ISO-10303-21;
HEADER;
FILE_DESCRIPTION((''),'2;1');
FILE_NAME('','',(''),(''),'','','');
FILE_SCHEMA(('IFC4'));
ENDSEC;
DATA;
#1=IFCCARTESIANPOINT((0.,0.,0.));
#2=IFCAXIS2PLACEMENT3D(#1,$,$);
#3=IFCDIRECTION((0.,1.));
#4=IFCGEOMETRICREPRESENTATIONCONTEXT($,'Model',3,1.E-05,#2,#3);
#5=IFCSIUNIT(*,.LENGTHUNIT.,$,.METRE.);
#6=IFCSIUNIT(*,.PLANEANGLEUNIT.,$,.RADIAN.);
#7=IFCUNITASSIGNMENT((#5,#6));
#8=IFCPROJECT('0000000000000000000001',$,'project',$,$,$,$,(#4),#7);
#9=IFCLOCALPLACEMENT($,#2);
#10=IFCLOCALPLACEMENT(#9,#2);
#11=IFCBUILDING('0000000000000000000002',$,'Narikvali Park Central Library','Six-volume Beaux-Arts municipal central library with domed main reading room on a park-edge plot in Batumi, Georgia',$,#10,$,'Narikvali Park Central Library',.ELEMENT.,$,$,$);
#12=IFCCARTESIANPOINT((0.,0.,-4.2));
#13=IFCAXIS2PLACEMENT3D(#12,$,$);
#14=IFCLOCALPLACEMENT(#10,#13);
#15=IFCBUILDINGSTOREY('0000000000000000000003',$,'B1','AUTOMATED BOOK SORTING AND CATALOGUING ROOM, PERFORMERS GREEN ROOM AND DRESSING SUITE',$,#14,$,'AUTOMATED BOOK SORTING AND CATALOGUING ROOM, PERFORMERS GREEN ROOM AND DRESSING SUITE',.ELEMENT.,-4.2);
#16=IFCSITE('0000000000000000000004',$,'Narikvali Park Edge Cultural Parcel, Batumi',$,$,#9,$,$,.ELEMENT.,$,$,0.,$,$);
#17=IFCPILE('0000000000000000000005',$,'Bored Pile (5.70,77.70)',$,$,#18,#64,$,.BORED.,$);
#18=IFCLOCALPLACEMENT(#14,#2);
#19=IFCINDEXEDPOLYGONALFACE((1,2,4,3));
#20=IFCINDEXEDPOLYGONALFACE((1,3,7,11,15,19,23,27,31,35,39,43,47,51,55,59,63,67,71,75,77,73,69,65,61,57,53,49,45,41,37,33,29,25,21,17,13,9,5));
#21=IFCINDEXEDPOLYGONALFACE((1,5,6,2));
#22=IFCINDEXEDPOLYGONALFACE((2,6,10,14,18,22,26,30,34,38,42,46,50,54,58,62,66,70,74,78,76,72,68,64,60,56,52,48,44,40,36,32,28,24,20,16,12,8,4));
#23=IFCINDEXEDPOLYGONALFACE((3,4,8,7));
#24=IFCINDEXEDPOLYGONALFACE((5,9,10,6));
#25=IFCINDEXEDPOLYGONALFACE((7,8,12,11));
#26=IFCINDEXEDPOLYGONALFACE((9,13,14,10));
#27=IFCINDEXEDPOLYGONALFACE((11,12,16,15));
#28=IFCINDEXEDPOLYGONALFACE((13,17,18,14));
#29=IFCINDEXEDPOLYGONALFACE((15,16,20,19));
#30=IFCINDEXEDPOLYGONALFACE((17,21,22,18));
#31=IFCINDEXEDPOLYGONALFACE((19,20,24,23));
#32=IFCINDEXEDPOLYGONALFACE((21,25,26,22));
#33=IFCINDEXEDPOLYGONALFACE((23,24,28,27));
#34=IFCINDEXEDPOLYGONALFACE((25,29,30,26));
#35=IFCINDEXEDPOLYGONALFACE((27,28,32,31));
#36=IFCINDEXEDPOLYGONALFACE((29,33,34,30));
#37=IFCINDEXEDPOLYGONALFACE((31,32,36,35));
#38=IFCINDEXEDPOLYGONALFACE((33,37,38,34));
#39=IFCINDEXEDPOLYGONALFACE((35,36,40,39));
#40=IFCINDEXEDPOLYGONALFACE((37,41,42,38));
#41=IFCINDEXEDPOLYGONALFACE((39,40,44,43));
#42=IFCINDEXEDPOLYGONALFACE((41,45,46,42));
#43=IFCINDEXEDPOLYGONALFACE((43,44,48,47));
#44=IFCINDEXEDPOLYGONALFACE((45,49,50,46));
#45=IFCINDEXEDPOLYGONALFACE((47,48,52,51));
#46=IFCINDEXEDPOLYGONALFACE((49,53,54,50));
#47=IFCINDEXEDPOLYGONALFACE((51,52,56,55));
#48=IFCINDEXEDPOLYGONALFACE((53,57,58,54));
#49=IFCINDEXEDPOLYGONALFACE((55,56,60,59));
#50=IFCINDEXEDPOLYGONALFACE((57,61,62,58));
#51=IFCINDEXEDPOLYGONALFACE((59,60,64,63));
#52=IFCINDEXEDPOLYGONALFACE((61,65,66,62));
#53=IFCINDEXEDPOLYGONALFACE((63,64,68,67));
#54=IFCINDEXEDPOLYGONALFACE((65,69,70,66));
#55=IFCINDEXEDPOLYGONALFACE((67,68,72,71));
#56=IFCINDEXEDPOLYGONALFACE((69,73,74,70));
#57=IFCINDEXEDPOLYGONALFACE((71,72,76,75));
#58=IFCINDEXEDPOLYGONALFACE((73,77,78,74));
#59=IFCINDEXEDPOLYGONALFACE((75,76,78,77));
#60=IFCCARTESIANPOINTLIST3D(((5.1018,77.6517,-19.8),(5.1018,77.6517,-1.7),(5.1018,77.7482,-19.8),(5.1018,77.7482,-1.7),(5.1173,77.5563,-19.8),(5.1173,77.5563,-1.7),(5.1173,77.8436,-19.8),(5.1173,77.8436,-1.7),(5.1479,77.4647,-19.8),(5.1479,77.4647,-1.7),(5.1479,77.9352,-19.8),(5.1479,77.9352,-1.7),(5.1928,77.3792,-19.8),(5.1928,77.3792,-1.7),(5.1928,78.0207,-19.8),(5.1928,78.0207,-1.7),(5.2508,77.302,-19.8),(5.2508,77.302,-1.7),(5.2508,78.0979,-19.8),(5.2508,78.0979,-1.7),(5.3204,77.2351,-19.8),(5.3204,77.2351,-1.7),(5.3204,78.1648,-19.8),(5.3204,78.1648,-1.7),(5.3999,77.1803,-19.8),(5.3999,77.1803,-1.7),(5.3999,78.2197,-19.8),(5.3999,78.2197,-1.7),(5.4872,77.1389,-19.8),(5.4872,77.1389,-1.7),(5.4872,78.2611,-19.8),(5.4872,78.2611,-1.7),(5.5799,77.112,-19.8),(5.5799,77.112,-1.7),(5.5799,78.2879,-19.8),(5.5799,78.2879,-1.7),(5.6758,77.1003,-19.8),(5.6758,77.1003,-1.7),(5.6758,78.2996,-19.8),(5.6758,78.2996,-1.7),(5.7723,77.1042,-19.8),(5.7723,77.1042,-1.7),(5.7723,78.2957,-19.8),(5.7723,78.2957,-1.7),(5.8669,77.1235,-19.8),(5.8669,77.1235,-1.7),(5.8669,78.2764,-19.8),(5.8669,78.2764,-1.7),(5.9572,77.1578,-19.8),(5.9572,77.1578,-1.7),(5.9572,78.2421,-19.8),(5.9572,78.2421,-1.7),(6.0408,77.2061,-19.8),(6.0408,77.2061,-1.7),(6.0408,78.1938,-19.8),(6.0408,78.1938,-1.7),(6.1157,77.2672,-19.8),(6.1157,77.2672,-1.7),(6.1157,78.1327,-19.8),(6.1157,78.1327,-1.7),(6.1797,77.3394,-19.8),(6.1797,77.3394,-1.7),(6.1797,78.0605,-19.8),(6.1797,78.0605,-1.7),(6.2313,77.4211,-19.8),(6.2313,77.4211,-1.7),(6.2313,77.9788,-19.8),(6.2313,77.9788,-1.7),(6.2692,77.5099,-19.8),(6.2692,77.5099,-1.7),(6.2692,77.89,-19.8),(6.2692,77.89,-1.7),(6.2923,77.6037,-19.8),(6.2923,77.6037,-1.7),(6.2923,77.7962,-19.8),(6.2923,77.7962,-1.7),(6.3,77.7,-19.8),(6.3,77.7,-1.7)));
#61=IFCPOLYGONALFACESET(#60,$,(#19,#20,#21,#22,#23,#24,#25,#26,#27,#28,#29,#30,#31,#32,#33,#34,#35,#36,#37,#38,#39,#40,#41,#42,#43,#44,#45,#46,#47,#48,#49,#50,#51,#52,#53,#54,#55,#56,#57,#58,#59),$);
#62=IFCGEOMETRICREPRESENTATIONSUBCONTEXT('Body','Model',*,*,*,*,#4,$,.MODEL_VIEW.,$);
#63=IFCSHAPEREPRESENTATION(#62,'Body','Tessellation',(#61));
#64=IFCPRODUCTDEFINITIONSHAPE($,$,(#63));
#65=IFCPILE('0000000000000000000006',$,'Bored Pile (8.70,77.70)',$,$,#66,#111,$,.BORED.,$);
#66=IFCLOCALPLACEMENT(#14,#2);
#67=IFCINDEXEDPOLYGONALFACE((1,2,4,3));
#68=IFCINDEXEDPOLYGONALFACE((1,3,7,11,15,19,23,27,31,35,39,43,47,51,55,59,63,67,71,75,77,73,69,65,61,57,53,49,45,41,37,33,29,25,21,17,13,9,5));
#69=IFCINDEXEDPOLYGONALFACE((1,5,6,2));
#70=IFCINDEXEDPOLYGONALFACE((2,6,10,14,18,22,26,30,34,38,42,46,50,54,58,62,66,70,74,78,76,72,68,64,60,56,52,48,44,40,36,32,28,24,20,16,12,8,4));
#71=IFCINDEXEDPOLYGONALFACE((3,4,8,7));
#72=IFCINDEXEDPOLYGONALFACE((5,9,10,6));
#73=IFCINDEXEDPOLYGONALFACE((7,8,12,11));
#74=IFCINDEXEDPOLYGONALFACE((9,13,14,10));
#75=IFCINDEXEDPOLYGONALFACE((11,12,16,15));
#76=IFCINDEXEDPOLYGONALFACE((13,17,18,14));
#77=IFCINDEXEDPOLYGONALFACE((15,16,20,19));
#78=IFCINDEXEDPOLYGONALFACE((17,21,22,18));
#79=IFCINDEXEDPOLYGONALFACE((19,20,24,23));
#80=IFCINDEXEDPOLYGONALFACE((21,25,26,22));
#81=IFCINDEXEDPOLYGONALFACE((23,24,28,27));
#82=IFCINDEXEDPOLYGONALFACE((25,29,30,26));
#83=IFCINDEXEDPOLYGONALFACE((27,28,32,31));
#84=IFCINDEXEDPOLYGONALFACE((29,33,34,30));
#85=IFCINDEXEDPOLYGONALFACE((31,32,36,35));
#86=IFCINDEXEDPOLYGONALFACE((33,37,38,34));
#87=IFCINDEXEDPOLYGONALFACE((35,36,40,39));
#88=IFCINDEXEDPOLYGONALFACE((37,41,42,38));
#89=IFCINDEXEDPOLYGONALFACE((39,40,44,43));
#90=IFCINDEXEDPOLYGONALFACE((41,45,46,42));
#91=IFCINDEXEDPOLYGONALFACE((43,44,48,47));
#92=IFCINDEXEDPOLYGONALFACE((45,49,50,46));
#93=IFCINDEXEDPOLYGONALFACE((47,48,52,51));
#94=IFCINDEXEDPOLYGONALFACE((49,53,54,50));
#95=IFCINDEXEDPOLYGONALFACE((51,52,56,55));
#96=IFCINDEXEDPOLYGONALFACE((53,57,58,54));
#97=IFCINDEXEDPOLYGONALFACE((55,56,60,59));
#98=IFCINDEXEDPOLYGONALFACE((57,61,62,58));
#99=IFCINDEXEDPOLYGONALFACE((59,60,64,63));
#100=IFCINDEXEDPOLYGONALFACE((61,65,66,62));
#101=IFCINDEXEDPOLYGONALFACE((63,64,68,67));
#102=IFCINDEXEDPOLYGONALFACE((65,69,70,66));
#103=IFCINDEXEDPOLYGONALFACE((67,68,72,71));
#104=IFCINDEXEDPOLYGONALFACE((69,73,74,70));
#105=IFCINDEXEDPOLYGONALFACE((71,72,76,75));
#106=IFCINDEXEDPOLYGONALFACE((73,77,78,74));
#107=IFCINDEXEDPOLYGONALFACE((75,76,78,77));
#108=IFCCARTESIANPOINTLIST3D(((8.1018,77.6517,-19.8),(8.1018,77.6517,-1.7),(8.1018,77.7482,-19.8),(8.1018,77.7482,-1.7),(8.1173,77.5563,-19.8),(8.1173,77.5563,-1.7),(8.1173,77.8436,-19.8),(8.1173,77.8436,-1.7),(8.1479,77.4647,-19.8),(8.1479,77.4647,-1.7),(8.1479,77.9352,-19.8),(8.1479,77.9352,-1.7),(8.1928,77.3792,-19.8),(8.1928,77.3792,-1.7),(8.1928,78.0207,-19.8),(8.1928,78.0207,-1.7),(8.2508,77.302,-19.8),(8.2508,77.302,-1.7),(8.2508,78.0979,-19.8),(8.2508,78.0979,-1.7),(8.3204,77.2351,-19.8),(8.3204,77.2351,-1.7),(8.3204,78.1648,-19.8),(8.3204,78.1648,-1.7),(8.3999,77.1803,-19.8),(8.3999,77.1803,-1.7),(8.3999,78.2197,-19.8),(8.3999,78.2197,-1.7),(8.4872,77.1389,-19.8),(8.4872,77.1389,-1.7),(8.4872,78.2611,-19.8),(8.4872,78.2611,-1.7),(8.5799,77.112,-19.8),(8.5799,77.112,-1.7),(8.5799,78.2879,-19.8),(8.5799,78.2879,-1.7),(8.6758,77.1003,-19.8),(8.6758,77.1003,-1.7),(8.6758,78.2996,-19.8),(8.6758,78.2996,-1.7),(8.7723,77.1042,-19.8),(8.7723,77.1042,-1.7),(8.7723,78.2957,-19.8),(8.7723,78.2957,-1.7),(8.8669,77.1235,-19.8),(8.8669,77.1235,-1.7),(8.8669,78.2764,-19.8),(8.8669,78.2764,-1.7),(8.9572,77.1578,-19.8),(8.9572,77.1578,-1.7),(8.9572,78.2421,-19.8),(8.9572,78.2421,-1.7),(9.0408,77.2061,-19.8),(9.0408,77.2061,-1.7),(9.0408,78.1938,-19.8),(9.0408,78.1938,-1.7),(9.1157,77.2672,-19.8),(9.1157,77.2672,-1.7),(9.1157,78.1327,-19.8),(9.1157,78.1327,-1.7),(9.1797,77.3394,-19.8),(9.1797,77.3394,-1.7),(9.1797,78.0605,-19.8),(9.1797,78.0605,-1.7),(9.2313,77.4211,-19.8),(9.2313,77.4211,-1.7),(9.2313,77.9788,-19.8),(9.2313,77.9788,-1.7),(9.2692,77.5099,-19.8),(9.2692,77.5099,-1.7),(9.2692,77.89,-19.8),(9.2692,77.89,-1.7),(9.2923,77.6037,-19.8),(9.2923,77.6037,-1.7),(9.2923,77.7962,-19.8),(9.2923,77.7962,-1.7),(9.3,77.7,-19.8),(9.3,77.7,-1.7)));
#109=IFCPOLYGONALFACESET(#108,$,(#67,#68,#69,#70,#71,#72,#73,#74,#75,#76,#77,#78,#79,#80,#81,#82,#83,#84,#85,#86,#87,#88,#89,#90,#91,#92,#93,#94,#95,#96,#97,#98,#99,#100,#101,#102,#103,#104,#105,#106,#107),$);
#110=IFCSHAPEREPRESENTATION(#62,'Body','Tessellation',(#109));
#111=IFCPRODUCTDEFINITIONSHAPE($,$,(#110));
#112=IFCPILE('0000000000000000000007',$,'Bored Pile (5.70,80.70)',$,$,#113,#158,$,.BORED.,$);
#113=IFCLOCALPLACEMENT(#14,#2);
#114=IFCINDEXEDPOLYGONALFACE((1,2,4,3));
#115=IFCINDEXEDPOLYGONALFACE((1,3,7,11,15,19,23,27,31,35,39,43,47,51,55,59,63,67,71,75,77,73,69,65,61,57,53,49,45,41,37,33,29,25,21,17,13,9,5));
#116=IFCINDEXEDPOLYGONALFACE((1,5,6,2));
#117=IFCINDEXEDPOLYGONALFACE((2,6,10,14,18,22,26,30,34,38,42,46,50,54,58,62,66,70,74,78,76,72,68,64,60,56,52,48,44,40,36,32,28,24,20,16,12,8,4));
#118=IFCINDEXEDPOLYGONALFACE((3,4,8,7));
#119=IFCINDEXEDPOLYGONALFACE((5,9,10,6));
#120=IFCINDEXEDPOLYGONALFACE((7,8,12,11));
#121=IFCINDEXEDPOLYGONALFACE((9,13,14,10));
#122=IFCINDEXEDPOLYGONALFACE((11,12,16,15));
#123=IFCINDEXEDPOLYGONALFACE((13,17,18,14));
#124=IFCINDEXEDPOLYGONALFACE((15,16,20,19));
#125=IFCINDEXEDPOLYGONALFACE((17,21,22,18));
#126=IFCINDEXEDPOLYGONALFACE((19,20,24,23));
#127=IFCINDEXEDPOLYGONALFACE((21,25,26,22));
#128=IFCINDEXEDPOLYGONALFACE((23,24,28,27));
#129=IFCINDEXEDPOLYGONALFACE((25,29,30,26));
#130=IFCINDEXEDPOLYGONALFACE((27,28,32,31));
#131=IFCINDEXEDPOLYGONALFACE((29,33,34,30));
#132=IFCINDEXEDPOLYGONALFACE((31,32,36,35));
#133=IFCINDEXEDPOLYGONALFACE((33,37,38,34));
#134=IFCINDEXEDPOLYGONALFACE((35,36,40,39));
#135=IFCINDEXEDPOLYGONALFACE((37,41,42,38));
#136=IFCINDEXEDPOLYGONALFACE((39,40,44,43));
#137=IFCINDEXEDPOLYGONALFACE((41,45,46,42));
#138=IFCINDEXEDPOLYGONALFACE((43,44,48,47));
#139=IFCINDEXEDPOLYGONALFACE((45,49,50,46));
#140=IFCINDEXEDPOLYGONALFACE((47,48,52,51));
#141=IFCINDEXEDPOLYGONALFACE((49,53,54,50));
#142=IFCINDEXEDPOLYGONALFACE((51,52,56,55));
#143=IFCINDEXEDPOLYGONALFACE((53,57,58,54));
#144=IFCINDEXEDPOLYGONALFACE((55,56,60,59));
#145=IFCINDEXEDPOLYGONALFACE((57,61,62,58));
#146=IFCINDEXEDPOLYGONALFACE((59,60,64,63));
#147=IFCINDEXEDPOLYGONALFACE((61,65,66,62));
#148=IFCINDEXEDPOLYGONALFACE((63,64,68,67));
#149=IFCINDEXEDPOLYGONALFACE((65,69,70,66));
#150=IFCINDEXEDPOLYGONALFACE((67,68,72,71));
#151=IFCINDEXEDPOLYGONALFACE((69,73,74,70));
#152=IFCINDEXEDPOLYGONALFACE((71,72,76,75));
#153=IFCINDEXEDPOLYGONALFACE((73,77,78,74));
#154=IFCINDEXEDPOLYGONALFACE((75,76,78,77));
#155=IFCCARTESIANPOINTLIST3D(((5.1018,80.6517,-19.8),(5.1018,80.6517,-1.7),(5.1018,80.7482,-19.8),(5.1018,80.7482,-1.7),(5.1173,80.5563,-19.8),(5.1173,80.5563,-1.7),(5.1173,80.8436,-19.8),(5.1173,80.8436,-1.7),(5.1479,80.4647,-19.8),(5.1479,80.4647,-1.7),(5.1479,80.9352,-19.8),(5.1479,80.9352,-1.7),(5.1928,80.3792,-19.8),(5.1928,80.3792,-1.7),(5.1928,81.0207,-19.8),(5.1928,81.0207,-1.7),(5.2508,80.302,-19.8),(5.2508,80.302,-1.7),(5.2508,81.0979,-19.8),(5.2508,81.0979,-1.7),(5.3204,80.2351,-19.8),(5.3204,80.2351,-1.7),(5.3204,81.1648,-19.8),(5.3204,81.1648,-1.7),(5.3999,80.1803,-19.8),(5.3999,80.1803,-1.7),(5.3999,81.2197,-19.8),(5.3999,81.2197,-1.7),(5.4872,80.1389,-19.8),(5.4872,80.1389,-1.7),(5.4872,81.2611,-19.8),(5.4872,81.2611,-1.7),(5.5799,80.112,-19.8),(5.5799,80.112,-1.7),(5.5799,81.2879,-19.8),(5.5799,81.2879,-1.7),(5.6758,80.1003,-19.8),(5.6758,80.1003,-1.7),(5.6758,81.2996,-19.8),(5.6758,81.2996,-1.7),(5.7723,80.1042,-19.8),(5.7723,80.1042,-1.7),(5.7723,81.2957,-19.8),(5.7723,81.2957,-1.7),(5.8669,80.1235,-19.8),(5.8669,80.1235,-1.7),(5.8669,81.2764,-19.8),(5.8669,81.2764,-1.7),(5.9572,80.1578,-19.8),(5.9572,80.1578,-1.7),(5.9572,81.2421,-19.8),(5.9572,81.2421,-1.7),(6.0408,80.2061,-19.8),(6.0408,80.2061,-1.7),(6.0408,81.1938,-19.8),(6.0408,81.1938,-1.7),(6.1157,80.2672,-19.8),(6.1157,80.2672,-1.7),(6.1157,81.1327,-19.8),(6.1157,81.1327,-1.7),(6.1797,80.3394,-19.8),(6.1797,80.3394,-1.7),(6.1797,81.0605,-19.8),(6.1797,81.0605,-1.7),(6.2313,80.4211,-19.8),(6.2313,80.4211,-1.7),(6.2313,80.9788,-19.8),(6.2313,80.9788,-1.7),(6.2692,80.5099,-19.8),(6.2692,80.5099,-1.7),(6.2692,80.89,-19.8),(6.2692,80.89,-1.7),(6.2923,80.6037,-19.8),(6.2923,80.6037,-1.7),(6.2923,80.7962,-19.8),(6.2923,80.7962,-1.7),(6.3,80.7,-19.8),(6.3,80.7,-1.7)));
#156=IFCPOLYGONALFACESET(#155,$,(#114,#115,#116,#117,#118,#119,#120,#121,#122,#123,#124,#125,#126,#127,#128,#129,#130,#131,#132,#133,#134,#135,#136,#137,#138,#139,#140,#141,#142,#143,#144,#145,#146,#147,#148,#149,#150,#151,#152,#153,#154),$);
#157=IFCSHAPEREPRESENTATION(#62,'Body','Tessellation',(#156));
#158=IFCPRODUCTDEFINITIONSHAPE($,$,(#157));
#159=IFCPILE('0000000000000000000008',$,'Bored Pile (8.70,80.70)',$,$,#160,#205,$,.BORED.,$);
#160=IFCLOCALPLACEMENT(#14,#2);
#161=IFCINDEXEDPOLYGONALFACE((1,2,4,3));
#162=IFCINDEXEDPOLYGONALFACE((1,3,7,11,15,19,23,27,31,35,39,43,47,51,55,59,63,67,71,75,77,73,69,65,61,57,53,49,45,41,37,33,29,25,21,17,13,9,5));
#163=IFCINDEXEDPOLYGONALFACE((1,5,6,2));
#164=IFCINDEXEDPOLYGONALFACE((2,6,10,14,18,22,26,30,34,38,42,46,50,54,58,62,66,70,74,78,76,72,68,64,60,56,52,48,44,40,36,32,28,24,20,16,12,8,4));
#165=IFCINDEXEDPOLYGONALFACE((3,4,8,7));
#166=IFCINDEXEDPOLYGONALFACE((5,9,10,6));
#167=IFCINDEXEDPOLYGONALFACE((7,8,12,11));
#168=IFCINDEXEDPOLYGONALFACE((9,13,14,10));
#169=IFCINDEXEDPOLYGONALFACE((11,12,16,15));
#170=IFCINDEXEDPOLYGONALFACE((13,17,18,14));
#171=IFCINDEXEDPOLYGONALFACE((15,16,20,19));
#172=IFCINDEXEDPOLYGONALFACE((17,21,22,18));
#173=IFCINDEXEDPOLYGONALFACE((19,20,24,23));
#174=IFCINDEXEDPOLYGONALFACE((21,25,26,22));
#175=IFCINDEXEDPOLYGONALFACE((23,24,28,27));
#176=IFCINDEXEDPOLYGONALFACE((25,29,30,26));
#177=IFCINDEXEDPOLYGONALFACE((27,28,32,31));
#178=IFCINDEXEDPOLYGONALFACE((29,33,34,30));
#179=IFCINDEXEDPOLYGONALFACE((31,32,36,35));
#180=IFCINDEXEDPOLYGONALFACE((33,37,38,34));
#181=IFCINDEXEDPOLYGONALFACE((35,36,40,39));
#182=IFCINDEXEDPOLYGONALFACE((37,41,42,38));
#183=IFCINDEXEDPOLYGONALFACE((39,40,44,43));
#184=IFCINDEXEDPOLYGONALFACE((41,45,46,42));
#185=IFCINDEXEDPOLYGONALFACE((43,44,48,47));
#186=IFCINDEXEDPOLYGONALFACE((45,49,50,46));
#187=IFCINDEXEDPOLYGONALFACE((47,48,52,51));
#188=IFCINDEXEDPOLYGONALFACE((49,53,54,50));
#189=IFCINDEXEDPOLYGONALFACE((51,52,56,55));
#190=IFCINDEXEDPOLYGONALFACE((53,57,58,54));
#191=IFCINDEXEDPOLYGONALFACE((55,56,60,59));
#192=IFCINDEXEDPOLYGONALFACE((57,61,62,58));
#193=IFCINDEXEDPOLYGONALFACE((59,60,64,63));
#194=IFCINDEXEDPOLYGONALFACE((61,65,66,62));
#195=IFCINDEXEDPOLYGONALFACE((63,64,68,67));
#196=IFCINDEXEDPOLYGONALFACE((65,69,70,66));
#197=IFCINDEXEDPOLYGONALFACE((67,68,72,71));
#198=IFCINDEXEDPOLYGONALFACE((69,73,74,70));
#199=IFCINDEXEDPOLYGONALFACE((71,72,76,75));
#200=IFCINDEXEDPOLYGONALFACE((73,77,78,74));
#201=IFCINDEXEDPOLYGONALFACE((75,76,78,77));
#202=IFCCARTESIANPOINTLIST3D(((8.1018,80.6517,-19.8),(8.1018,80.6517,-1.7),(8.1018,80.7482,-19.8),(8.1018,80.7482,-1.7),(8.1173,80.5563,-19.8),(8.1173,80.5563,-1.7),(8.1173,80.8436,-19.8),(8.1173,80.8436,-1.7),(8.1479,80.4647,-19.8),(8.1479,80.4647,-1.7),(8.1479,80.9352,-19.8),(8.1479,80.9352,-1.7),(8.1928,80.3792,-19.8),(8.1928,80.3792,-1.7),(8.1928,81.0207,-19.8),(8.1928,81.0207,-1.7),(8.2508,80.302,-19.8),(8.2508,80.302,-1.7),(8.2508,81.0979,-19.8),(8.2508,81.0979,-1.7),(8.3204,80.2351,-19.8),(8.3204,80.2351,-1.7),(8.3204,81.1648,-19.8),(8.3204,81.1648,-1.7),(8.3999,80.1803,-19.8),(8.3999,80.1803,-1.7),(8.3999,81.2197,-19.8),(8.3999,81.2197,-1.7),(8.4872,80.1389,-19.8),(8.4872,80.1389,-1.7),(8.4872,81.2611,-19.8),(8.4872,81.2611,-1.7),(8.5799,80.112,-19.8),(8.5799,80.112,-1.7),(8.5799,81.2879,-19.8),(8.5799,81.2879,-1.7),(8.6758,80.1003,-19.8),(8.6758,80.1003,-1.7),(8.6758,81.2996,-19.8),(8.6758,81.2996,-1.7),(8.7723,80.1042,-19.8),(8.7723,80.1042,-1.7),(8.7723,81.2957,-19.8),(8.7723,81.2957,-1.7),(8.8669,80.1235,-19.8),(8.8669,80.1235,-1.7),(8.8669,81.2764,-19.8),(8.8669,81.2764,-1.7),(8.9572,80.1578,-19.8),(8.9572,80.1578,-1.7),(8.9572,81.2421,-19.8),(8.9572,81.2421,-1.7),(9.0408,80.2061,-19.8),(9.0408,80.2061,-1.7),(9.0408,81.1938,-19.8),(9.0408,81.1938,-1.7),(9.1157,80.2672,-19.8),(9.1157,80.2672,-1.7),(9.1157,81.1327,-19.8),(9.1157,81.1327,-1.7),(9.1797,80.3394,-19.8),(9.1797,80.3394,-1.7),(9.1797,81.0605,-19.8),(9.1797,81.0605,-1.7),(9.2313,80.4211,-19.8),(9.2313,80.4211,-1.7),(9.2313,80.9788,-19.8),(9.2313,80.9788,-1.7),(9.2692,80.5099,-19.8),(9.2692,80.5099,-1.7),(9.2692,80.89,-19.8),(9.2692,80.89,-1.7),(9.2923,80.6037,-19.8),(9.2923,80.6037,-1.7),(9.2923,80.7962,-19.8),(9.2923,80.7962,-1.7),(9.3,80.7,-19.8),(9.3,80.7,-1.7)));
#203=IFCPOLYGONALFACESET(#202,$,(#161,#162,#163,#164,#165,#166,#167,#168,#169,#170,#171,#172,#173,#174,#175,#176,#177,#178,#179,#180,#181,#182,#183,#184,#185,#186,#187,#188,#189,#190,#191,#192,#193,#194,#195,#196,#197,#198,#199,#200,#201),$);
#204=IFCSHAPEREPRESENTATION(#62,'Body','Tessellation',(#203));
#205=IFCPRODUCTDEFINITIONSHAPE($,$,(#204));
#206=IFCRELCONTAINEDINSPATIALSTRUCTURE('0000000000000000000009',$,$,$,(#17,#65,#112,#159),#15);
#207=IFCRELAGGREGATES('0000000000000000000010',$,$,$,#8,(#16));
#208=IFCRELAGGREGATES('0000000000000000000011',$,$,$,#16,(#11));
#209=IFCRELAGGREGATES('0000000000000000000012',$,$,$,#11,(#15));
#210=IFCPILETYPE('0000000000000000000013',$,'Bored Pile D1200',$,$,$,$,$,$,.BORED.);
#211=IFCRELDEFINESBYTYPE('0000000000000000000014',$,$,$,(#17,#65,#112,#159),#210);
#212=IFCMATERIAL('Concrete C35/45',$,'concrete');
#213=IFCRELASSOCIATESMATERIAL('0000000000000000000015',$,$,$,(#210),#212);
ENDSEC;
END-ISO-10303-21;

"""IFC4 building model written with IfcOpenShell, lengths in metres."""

from ifc_helpers import new_model, si_unit, direction, frame, origin, origin_2d, place, context, subcontext, project, spatial, circle, extrude, material, material_profile, profile_set, type_object, element, save


model = new_model("IFC4")

# Units and contexts
model_context = context("Model", 3, precision=1e-05, world=origin(), true_north=direction((0.0, 1.0)))
body_context = subcontext(model_context, "Body", "Model", "MODEL_VIEW")
ifc_project = project(units=[si_unit("LENGTHUNIT", "METRE"), si_unit("PLANEANGLEUNIT", "RADIAN")], contexts=[model_context])

# Site, building, storey
site_placement = place(None, origin())
site = spatial("IfcSite", under=ifc_project, at=site_placement, Name="Narikvali Park Edge Cultural Parcel, Batumi", CompositionType="ELEMENT", RefElevation=0.0)
building_placement = place(site_placement, origin())
building = spatial("IfcBuilding", under=site, at=building_placement, Name="Narikvali Park Central Library", Description="Six-volume Beaux-Arts municipal central library with domed main reading room on a park-edge plot in Batumi, Georgia", LongName="Narikvali Park Central Library", CompositionType="ELEMENT")
storey_placement = place(building_placement, frame((0.0, 0.0, -4.2)))
storey = spatial("IfcBuildingStorey", under=building, at=storey_placement, Name="B1", Description="AUTOMATED BOOK SORTING AND CATALOGUING ROOM, PERFORMERS GREEN ROOM AND DRESSING SUITE", LongName="AUTOMATED BOOK SORTING AND CATALOGUING ROOM, PERFORMERS GREEN ROOM AND DRESSING SUITE", CompositionType="ELEMENT", Elevation=-4.2)

# Piles
ifc_material_1 = material(Name="Concrete C35/45", Category="concrete")
ifc_material_profile_1 = material_profile(ifc_material_1, circle(Radius=0.6001, at=origin_2d()), Name="PILE D1200")
ifc_profile_set_1 = profile_set([ifc_material_profile_1], Name="Concrete C35/45")
pile_type = type_object("IfcPileType", Name="Bored Pile D1200", PredefinedType="BORED", material=ifc_profile_set_1)
for number, where, z_axis, x_axis, name in (
    (1, (5.7, 77.7, -1.7), (0.0, 0.0, -1.0), (1.0, 0.0, 0.0), "Bored Pile (5.70,77.70)"),
    (2, (8.7, 77.7, -1.7), (0.0, 0.0, -1.0), (1.0, 0.0, 0.0), "Bored Pile (8.70,77.70)"),
    (3, (5.7, 80.7, -1.7), (0.0, 0.0, -1.0), (1.0, 0.0, 0.0), "Bored Pile (5.70,80.70)"),
    (4, (8.7, 80.7, -1.7), (0.0, 0.0, -1.0), (1.0, 0.0, 0.0), "Bored Pile (8.70,80.70)"),
):
    element("IfcPile", number, at=place(storey_placement, frame(where, z_axis=z_axis, x_axis=x_axis)), inside=storey, type_object=pile_type, Name=name, PredefinedType="BORED", context=body_context, shape_type="SweptSolid", body=[
        extrude(circle(Radius=0.6001, at=origin_2d()), origin(), (0.0, 0.0, 1.0), 18.1001),
    ])

save(model, "model.ifc")
